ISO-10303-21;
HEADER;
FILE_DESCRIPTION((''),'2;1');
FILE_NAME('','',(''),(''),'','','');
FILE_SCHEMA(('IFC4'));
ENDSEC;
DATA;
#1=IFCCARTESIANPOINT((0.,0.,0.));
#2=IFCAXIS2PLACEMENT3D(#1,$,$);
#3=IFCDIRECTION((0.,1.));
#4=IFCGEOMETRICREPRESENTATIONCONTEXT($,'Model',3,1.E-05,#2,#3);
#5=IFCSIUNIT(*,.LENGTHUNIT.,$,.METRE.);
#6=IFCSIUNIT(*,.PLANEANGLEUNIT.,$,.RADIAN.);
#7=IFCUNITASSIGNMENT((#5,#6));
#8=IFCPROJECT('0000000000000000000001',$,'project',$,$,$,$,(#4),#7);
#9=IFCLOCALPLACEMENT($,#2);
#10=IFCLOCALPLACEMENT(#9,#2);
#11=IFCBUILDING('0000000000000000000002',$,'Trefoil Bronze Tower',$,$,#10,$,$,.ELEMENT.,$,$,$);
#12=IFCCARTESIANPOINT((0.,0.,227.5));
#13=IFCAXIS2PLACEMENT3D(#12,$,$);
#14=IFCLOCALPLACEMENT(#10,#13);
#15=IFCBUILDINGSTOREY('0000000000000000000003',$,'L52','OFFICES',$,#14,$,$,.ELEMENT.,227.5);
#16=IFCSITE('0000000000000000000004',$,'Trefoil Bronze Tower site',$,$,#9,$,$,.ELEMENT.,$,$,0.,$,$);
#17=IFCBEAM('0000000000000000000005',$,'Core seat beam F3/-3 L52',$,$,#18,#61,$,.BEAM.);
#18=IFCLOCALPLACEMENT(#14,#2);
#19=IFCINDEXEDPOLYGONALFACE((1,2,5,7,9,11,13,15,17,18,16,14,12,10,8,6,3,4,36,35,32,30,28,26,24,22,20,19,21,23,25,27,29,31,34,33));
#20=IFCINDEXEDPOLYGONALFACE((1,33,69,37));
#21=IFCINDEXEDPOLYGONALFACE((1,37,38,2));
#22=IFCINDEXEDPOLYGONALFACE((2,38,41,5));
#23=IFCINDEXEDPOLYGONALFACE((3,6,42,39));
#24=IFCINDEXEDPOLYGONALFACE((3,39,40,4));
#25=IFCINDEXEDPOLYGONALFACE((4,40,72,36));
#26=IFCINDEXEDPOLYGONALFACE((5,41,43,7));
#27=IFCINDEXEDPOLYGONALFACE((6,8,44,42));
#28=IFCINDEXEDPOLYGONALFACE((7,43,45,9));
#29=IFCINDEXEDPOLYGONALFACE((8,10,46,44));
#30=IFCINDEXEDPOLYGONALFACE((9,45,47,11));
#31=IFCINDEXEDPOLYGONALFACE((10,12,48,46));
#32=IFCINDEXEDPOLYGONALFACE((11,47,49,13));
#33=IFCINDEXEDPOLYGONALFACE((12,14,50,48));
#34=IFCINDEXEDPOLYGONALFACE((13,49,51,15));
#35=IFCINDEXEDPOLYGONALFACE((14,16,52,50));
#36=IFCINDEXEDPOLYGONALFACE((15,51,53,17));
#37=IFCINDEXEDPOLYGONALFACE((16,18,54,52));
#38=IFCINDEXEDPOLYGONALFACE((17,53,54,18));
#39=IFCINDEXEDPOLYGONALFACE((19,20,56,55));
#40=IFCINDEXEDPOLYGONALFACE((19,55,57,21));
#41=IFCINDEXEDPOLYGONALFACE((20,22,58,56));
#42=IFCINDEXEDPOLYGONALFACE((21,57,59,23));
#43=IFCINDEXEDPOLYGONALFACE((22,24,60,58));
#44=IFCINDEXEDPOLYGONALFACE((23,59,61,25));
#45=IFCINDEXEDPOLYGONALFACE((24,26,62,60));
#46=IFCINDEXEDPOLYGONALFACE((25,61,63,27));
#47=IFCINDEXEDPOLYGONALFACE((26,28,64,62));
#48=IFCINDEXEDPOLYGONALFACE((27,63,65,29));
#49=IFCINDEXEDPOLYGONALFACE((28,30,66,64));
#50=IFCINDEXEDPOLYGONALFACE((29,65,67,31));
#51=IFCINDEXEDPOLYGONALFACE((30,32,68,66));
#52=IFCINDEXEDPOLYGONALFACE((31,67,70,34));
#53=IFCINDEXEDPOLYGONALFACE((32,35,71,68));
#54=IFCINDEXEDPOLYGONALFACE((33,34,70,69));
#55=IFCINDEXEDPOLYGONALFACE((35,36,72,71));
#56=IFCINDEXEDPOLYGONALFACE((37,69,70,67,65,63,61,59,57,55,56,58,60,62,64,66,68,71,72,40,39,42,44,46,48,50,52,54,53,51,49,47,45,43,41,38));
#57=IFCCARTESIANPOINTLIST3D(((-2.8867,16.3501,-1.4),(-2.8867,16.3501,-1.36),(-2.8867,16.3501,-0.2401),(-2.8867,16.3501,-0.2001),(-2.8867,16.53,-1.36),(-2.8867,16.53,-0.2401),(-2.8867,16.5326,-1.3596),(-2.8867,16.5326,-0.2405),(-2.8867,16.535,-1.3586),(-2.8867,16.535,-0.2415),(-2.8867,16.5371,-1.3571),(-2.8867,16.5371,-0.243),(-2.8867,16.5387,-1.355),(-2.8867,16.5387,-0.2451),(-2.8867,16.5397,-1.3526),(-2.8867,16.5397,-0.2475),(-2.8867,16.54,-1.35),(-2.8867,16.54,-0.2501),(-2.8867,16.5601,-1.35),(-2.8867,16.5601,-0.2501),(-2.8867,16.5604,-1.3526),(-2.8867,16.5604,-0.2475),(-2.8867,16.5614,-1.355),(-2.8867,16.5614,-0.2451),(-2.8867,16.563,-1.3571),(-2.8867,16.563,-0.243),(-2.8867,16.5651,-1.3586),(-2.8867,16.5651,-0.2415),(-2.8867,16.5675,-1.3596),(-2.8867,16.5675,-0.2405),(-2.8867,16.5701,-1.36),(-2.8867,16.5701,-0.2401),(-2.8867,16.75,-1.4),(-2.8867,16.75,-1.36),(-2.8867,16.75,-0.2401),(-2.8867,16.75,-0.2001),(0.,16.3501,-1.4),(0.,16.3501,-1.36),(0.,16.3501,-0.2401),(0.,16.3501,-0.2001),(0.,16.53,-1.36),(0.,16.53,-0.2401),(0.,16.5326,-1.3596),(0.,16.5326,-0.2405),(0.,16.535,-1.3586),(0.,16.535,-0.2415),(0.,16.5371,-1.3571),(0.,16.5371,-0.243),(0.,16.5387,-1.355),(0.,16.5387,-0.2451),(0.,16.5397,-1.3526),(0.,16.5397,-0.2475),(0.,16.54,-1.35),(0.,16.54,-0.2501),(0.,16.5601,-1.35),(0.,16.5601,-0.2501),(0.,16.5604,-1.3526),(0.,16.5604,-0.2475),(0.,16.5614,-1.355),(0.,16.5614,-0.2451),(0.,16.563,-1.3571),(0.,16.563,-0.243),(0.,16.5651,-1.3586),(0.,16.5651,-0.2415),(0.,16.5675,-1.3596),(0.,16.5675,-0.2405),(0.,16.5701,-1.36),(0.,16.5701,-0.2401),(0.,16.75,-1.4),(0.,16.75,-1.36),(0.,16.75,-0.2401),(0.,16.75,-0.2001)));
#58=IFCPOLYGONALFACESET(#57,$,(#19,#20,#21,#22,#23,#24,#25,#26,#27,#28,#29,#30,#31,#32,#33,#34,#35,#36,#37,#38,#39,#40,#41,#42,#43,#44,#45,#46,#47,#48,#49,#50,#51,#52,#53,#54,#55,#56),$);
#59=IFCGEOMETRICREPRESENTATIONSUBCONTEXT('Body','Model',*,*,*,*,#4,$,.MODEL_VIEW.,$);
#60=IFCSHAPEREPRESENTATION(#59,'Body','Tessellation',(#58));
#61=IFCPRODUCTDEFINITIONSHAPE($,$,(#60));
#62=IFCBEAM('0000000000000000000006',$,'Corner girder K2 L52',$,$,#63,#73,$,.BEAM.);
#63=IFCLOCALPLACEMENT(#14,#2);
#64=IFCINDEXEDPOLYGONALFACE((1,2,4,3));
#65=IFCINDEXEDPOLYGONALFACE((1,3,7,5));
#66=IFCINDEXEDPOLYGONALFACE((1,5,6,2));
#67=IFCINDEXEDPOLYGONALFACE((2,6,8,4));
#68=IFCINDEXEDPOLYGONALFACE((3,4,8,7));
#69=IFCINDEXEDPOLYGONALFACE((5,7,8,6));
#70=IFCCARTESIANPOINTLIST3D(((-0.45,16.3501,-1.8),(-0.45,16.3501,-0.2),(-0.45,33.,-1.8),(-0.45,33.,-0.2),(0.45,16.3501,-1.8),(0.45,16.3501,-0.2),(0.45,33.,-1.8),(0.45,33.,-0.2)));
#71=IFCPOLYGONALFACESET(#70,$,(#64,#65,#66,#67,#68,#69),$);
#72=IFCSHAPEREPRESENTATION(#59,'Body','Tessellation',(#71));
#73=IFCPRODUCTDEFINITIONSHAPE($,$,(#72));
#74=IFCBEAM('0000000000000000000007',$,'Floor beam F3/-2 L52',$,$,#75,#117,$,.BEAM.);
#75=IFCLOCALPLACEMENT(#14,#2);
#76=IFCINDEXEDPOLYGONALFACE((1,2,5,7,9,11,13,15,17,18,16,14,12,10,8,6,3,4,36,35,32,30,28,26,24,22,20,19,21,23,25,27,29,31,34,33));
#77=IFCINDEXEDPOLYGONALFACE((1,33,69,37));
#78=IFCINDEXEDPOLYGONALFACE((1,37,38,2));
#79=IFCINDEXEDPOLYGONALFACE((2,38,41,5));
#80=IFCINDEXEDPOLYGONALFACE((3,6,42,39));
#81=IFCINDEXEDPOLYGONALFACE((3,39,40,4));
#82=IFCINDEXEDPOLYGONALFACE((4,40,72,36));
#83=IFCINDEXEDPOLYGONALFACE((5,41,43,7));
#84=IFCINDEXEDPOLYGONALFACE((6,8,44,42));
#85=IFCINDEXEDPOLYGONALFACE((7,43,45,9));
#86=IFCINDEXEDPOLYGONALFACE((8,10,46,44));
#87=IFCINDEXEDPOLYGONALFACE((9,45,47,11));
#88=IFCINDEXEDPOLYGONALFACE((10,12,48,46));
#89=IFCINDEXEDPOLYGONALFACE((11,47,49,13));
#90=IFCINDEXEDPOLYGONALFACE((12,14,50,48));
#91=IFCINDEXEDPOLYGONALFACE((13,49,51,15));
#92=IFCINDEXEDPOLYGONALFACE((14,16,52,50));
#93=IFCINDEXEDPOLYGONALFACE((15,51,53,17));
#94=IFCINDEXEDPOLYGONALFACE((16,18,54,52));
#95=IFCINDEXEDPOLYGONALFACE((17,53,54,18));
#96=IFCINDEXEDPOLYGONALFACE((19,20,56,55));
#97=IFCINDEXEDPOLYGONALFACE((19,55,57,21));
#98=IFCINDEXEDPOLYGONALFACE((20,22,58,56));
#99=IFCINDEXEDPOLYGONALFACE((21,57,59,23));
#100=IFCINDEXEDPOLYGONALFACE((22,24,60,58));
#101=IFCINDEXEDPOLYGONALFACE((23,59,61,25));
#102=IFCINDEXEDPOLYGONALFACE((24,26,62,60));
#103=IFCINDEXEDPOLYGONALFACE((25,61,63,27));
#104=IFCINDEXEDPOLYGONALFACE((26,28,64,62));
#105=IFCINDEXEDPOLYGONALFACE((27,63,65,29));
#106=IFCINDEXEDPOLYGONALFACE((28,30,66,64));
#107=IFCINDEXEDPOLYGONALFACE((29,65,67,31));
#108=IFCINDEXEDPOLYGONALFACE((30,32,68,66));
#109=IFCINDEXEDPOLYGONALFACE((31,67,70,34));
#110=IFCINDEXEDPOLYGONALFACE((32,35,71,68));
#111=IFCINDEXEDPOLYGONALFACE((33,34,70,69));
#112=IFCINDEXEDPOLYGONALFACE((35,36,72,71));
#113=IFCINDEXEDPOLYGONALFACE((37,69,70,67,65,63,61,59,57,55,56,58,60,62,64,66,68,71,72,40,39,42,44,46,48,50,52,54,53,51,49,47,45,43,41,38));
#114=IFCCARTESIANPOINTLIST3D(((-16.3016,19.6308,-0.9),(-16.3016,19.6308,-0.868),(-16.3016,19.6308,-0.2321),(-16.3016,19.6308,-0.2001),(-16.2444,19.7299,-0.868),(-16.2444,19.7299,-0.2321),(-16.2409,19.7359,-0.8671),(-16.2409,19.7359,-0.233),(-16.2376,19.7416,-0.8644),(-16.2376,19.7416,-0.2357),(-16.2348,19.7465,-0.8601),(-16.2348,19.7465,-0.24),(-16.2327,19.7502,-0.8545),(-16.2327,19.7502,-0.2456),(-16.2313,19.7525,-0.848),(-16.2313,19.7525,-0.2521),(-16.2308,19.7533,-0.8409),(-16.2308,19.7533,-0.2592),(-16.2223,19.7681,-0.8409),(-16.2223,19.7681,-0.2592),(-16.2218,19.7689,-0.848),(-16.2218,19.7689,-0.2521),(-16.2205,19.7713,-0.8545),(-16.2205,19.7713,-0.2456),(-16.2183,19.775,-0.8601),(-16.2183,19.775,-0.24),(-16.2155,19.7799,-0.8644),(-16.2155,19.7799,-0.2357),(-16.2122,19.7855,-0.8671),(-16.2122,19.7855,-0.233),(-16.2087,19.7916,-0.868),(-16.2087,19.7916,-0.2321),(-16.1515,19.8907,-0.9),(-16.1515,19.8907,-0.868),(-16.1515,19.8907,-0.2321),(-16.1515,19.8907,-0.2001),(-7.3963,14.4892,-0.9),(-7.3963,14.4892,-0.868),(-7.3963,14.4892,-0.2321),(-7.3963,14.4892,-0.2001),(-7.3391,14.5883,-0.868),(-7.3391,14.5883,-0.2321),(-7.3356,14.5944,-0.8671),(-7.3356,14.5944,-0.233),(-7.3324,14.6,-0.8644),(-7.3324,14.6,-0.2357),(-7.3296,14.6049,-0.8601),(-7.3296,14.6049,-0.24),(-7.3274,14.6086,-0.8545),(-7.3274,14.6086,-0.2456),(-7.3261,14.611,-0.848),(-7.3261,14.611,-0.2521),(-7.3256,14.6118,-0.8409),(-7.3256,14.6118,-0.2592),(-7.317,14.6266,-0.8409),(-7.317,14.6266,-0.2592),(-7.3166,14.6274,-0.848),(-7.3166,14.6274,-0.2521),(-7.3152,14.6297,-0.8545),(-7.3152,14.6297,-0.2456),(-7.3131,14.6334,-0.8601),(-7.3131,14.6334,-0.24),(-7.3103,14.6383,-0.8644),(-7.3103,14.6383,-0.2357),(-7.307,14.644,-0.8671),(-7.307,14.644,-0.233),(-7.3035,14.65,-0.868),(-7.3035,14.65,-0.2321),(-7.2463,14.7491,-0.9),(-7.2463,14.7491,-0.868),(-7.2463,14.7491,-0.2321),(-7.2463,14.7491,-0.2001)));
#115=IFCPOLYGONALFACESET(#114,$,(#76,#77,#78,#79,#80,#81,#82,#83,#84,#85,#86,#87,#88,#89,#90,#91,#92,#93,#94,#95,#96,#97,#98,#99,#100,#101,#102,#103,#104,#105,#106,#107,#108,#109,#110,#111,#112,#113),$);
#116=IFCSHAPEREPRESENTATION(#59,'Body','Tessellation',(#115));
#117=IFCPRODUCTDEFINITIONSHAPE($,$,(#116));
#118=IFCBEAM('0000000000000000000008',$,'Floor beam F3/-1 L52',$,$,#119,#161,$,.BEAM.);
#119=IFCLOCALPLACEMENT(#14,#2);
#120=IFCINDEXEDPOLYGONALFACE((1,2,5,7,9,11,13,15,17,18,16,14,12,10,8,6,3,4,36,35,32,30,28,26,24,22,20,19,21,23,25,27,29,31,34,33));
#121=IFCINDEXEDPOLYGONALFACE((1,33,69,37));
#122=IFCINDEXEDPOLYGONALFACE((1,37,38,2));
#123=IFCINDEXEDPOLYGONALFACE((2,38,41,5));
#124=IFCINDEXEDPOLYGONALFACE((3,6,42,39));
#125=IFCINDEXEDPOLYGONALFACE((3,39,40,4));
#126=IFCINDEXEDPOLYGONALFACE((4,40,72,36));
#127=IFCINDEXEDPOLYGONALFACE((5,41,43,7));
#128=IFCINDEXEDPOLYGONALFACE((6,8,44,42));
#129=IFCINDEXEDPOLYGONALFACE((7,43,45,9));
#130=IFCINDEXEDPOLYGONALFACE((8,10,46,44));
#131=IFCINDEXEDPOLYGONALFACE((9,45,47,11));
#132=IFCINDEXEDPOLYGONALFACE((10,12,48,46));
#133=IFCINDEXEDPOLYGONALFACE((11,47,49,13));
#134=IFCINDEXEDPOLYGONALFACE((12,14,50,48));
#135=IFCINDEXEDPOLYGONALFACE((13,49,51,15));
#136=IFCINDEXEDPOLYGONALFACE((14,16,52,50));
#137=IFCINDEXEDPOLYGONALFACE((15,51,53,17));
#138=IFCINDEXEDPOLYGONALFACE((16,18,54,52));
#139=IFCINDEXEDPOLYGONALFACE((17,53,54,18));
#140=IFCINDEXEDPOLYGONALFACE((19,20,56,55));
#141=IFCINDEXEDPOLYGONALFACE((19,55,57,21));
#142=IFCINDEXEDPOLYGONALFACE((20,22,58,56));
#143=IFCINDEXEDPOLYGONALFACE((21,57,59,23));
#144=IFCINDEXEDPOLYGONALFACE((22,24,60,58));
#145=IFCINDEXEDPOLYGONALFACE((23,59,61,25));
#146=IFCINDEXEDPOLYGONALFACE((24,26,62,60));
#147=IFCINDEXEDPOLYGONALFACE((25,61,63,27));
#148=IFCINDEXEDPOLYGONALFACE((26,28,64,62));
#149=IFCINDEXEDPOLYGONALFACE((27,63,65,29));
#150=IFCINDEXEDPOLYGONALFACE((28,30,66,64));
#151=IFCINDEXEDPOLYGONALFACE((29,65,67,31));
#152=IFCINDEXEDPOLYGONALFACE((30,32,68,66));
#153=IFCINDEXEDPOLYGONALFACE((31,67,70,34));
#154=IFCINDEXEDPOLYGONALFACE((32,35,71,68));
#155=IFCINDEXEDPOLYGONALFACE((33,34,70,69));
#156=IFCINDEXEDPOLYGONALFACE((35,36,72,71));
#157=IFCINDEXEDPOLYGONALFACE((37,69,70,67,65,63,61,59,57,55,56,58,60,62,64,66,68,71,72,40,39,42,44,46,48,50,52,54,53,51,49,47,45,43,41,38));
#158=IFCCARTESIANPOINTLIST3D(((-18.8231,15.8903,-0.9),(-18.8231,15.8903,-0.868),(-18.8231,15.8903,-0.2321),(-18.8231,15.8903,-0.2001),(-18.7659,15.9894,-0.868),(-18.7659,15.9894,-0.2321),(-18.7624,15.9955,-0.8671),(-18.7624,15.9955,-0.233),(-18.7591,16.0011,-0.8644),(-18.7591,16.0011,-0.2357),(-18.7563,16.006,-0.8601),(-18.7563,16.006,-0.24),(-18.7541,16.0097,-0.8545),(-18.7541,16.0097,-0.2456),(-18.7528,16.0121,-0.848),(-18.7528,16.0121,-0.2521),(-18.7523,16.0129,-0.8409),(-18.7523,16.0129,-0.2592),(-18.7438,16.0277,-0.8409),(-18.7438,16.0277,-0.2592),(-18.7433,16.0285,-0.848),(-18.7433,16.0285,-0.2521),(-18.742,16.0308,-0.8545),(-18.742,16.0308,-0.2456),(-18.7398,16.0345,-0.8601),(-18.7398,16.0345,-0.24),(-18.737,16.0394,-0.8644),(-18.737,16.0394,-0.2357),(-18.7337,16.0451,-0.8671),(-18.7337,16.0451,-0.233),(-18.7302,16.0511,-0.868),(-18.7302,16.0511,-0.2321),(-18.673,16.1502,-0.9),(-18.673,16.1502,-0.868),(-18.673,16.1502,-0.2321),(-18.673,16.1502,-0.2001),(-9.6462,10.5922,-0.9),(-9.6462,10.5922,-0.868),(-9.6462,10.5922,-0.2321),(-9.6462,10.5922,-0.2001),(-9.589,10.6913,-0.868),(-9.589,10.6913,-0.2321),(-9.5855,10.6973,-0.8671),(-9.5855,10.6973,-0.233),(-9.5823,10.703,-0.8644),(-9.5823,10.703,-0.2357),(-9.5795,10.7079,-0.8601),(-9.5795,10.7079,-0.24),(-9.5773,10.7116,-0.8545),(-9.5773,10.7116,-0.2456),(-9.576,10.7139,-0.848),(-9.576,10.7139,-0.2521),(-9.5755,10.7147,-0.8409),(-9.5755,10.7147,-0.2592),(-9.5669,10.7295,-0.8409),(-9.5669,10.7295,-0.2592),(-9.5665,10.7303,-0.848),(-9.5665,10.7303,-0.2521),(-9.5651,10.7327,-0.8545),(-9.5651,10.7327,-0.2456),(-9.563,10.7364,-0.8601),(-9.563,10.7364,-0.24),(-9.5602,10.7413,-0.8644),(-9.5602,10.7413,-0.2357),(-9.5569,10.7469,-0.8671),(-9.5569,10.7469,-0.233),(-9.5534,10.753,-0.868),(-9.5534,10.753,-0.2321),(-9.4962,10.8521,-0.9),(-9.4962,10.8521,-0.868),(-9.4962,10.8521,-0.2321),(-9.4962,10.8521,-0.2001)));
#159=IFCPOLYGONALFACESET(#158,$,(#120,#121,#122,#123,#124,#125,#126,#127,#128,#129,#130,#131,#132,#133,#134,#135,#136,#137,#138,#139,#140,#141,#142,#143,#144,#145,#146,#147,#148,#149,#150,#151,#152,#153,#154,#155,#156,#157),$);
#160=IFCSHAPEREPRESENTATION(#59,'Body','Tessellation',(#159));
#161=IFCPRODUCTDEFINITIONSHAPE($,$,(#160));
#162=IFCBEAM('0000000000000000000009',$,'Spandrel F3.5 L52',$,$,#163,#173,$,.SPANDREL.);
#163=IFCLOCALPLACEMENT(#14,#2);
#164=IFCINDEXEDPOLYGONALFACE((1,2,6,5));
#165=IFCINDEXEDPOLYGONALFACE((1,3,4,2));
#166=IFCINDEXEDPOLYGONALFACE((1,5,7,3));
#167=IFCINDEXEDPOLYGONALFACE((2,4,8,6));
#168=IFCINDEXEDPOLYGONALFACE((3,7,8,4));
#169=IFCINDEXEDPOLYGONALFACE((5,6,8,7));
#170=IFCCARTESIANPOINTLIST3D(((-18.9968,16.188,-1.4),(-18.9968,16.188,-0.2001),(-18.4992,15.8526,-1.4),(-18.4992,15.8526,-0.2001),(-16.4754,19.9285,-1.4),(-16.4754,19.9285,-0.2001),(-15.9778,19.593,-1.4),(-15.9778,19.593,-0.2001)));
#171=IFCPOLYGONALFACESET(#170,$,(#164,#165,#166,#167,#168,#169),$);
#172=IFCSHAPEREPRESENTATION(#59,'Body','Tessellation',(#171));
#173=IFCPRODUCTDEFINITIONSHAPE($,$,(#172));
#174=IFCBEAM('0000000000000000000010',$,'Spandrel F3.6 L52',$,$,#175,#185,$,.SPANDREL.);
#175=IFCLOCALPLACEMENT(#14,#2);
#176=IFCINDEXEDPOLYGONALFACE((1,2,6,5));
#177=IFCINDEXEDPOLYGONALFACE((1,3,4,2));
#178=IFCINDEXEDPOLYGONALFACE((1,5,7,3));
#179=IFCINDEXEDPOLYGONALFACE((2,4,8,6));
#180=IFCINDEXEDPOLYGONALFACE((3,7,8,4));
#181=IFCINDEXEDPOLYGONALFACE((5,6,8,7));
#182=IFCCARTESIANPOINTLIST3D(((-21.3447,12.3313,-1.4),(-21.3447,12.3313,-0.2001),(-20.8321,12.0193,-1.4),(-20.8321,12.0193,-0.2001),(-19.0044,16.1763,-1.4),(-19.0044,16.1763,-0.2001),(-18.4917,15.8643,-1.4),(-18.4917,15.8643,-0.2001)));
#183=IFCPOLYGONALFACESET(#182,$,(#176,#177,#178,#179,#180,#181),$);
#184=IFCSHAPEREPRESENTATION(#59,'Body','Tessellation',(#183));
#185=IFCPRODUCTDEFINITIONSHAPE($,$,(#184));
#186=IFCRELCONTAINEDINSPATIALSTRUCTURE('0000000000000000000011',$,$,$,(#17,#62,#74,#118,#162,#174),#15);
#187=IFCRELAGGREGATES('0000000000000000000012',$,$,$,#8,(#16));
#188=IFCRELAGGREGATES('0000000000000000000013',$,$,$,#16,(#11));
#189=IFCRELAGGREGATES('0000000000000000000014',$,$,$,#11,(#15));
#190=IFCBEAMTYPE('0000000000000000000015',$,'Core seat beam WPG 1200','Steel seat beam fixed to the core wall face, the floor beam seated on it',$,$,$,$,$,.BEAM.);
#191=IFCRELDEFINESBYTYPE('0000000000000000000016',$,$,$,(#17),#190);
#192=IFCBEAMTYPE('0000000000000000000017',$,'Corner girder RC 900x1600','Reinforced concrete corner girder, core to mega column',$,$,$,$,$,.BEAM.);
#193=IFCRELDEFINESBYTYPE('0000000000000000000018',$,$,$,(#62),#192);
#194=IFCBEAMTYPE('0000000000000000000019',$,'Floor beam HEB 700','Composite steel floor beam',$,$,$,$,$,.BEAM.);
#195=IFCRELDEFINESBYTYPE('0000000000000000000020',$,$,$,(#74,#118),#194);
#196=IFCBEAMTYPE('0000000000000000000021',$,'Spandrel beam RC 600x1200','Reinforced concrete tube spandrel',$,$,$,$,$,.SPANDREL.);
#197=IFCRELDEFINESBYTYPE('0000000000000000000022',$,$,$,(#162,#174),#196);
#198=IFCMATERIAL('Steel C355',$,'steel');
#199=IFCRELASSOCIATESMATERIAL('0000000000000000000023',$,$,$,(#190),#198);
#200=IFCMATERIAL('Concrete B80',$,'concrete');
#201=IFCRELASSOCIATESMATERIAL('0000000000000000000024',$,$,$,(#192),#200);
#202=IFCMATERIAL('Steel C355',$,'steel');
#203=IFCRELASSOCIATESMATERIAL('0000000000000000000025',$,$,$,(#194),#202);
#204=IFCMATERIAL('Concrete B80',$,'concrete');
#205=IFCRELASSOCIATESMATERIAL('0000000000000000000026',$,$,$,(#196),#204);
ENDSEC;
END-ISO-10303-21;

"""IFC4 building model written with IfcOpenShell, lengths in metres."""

from ifc_helpers import new_model, si_unit, direction, frame, origin, origin_2d, place, context, subcontext, project, spatial, rectangle, i_section, extrude, material, material_profile, profile_set, type_object, element, save


model = new_model("IFC4")

# Units and contexts
model_context = context("Model", 3, precision=1e-05, world=origin(), true_north=direction((0.0, 1.0)))
body_context = subcontext(model_context, "Body", "Model", "MODEL_VIEW")
ifc_project = project(units=[si_unit("LENGTHUNIT", "METRE"), si_unit("PLANEANGLEUNIT", "RADIAN")], contexts=[model_context])

# Site, building, storey
site_placement = place(None, origin())
site = spatial("IfcSite", under=ifc_project, at=site_placement, Name="Trefoil Bronze Tower site", CompositionType="ELEMENT", RefElevation=0.0)
building_placement = place(site_placement, origin())
building = spatial("IfcBuilding", under=site, at=building_placement, Name="Trefoil Bronze Tower", CompositionType="ELEMENT")
storey_placement = place(building_placement, frame((0.0, 0.0, 227.5)))
storey = spatial("IfcBuildingStorey", under=building, at=storey_placement, Name="L52", Description="OFFICES", CompositionType="ELEMENT", Elevation=227.5)

# Beams
ifc_material_1 = material(Name="Steel C355", Category="steel")
ifc_material_profile_1 = material_profile(ifc_material_1, i_section(OverallWidth=0.3999, OverallDepth=1.2, WebThickness=0.02, FlangeThickness=0.04, FilletRadius=0.01, at=origin_2d()), Name="WPG 1200")
ifc_profile_set_1 = profile_set([ifc_material_profile_1], Name="Steel C355")
beam_type_1 = type_object("IfcBeamType", Name="Core seat beam WPG 1200", Description="Steel seat beam fixed to the core wall face, the floor beam seated on it", PredefinedType="BEAM", material=ifc_profile_set_1)
beam_1_placement = place(storey_placement, frame((0.0, 16.55, -0.8), z_axis=(-1.0, 0.0, 0.0), x_axis=(0.0, -1.0, 0.0)))
element("IfcBeam", 1, at=beam_1_placement, inside=storey, type_object=beam_type_1, Name="Core seat beam F3/-3 L52", PredefinedType="BEAM", context=body_context, shape_type="SweptSolid", body=[
    extrude(i_section(OverallWidth=0.3999, OverallDepth=1.2, WebThickness=0.02, FlangeThickness=0.04, FilletRadius=0.01, at=origin_2d()), origin(), (0.0, 0.0, 1.0), 2.8867),
])
ifc_material_2 = material(Name="Concrete B80", Category="concrete")
ifc_material_profile_2 = material_profile(ifc_material_2, rectangle(XDim=0.8999, YDim=1.6001, at=origin_2d()), Name="RC 900x1600")
ifc_profile_set_2 = profile_set([ifc_material_profile_2], Name="Concrete B80")
beam_type_2 = type_object("IfcBeamType", Name="Corner girder RC 900x1600", Description="Reinforced concrete corner girder, core to mega column", PredefinedType="BEAM", material=ifc_profile_set_2)
beam_2_placement = place(storey_placement, frame((0.0, 16.3501, -1.0), z_axis=(0.0, 1.0, 0.0), x_axis=(-1.0, 0.0, 0.0)))
element("IfcBeam", 2, at=beam_2_placement, inside=storey, type_object=beam_type_2, Name="Corner girder K2 L52", PredefinedType="BEAM", context=body_context, shape_type="SweptSolid", body=[
    extrude(rectangle(XDim=0.8999, YDim=1.6001, at=origin_2d()), origin(), (0.0, 0.0, 1.0), 16.6499),
])
ifc_material_3 = material(Name="Steel C355", Category="steel")
ifc_material_profile_3 = material_profile(ifc_material_3, i_section(OverallWidth=0.3, OverallDepth=0.7, WebThickness=0.0171, FlangeThickness=0.032, FilletRadius=0.0271, at=origin_2d()), Name="HEB 700")
ifc_profile_set_3 = profile_set([ifc_material_profile_3], Name="Steel C355")
beam_type_3 = type_object("IfcBeamType", Name="Floor beam HEB 700", Description="Composite steel floor beam", PredefinedType="BEAM", material=ifc_profile_set_3)
beam_3_placement = place(storey_placement, frame((-16.2266, 19.7607, -0.55), z_axis=(0.86602, -0.50001, 0.0), x_axis=(0.50001, 0.86602, 0.0)))
element("IfcBeam", 3, at=beam_3_placement, inside=storey, type_object=beam_type_3, Name="Floor beam F3/-2 L52", PredefinedType="BEAM", context=body_context, shape_type="SweptSolid", body=[
    extrude(i_section(OverallWidth=0.3, OverallDepth=0.7, WebThickness=0.0171, FlangeThickness=0.032, FilletRadius=0.0271, at=origin_2d()), origin(), (0.0, 0.0, 1.0), 10.283),
])
beam_4_placement = place(storey_placement, frame((-18.748, 16.0203, -0.55), z_axis=(0.86603, -0.499992, 0.0), x_axis=(0.499992, 0.86603, 0.0)))
element("IfcBeam", 4, at=beam_4_placement, inside=storey, type_object=beam_type_3, Name="Floor beam F3/-1 L52", PredefinedType="BEAM", context=body_context, shape_type="SweptSolid", body=[
    extrude(i_section(OverallWidth=0.3, OverallDepth=0.7, WebThickness=0.0171, FlangeThickness=0.032, FilletRadius=0.0271, at=origin_2d()), origin(), (0.0, 0.0, 1.0), 10.5964),
])
ifc_material_4 = material(Name="Concrete B80", Category="concrete")
ifc_material_profile_4 = material_profile(ifc_material_4, rectangle(XDim=0.6001, YDim=1.2, at=origin_2d()), Name="RC 600x1200")
ifc_profile_set_4 = profile_set([ifc_material_profile_4], Name="Concrete B80")
beam_type_4 = type_object("IfcBeamType", Name="Spandrel beam RC 600x1200", Description="Reinforced concrete tube spandrel", PredefinedType="SPANDREL", material=ifc_profile_set_4)
beam_5_placement = place(storey_placement, frame((-16.2266, 19.7607, -0.8), z_axis=(-0.558964, -0.829192, 0.0), x_axis=(0.829192, -0.558964, 0.0)))
element("IfcBeam", 5, at=beam_5_placement, inside=storey, type_object=beam_type_4, Name="Spandrel F3.5 L52", PredefinedType="SPANDREL", context=body_context, shape_type="SweptSolid", body=[
    extrude(rectangle(XDim=0.6001, YDim=1.2, at=origin_2d()), origin(), (0.0, 0.0, 1.0), 4.511),
])
beam_6_placement = place(storey_placement, frame((-18.748, 16.0203, -0.8), z_axis=(-0.519933, -0.854207, 0.0), x_axis=(0.854207, -0.519933, 0.0)))
element("IfcBeam", 6, at=beam_6_placement, inside=storey, type_object=beam_type_4, Name="Spandrel F3.6 L52", PredefinedType="SPANDREL", context=body_context, shape_type="SweptSolid", body=[
    extrude(rectangle(XDim=0.6001, YDim=1.2, at=origin_2d()), origin(), (0.0, 0.0, 1.0), 4.5012),
])

save(model, "model.ifc")
